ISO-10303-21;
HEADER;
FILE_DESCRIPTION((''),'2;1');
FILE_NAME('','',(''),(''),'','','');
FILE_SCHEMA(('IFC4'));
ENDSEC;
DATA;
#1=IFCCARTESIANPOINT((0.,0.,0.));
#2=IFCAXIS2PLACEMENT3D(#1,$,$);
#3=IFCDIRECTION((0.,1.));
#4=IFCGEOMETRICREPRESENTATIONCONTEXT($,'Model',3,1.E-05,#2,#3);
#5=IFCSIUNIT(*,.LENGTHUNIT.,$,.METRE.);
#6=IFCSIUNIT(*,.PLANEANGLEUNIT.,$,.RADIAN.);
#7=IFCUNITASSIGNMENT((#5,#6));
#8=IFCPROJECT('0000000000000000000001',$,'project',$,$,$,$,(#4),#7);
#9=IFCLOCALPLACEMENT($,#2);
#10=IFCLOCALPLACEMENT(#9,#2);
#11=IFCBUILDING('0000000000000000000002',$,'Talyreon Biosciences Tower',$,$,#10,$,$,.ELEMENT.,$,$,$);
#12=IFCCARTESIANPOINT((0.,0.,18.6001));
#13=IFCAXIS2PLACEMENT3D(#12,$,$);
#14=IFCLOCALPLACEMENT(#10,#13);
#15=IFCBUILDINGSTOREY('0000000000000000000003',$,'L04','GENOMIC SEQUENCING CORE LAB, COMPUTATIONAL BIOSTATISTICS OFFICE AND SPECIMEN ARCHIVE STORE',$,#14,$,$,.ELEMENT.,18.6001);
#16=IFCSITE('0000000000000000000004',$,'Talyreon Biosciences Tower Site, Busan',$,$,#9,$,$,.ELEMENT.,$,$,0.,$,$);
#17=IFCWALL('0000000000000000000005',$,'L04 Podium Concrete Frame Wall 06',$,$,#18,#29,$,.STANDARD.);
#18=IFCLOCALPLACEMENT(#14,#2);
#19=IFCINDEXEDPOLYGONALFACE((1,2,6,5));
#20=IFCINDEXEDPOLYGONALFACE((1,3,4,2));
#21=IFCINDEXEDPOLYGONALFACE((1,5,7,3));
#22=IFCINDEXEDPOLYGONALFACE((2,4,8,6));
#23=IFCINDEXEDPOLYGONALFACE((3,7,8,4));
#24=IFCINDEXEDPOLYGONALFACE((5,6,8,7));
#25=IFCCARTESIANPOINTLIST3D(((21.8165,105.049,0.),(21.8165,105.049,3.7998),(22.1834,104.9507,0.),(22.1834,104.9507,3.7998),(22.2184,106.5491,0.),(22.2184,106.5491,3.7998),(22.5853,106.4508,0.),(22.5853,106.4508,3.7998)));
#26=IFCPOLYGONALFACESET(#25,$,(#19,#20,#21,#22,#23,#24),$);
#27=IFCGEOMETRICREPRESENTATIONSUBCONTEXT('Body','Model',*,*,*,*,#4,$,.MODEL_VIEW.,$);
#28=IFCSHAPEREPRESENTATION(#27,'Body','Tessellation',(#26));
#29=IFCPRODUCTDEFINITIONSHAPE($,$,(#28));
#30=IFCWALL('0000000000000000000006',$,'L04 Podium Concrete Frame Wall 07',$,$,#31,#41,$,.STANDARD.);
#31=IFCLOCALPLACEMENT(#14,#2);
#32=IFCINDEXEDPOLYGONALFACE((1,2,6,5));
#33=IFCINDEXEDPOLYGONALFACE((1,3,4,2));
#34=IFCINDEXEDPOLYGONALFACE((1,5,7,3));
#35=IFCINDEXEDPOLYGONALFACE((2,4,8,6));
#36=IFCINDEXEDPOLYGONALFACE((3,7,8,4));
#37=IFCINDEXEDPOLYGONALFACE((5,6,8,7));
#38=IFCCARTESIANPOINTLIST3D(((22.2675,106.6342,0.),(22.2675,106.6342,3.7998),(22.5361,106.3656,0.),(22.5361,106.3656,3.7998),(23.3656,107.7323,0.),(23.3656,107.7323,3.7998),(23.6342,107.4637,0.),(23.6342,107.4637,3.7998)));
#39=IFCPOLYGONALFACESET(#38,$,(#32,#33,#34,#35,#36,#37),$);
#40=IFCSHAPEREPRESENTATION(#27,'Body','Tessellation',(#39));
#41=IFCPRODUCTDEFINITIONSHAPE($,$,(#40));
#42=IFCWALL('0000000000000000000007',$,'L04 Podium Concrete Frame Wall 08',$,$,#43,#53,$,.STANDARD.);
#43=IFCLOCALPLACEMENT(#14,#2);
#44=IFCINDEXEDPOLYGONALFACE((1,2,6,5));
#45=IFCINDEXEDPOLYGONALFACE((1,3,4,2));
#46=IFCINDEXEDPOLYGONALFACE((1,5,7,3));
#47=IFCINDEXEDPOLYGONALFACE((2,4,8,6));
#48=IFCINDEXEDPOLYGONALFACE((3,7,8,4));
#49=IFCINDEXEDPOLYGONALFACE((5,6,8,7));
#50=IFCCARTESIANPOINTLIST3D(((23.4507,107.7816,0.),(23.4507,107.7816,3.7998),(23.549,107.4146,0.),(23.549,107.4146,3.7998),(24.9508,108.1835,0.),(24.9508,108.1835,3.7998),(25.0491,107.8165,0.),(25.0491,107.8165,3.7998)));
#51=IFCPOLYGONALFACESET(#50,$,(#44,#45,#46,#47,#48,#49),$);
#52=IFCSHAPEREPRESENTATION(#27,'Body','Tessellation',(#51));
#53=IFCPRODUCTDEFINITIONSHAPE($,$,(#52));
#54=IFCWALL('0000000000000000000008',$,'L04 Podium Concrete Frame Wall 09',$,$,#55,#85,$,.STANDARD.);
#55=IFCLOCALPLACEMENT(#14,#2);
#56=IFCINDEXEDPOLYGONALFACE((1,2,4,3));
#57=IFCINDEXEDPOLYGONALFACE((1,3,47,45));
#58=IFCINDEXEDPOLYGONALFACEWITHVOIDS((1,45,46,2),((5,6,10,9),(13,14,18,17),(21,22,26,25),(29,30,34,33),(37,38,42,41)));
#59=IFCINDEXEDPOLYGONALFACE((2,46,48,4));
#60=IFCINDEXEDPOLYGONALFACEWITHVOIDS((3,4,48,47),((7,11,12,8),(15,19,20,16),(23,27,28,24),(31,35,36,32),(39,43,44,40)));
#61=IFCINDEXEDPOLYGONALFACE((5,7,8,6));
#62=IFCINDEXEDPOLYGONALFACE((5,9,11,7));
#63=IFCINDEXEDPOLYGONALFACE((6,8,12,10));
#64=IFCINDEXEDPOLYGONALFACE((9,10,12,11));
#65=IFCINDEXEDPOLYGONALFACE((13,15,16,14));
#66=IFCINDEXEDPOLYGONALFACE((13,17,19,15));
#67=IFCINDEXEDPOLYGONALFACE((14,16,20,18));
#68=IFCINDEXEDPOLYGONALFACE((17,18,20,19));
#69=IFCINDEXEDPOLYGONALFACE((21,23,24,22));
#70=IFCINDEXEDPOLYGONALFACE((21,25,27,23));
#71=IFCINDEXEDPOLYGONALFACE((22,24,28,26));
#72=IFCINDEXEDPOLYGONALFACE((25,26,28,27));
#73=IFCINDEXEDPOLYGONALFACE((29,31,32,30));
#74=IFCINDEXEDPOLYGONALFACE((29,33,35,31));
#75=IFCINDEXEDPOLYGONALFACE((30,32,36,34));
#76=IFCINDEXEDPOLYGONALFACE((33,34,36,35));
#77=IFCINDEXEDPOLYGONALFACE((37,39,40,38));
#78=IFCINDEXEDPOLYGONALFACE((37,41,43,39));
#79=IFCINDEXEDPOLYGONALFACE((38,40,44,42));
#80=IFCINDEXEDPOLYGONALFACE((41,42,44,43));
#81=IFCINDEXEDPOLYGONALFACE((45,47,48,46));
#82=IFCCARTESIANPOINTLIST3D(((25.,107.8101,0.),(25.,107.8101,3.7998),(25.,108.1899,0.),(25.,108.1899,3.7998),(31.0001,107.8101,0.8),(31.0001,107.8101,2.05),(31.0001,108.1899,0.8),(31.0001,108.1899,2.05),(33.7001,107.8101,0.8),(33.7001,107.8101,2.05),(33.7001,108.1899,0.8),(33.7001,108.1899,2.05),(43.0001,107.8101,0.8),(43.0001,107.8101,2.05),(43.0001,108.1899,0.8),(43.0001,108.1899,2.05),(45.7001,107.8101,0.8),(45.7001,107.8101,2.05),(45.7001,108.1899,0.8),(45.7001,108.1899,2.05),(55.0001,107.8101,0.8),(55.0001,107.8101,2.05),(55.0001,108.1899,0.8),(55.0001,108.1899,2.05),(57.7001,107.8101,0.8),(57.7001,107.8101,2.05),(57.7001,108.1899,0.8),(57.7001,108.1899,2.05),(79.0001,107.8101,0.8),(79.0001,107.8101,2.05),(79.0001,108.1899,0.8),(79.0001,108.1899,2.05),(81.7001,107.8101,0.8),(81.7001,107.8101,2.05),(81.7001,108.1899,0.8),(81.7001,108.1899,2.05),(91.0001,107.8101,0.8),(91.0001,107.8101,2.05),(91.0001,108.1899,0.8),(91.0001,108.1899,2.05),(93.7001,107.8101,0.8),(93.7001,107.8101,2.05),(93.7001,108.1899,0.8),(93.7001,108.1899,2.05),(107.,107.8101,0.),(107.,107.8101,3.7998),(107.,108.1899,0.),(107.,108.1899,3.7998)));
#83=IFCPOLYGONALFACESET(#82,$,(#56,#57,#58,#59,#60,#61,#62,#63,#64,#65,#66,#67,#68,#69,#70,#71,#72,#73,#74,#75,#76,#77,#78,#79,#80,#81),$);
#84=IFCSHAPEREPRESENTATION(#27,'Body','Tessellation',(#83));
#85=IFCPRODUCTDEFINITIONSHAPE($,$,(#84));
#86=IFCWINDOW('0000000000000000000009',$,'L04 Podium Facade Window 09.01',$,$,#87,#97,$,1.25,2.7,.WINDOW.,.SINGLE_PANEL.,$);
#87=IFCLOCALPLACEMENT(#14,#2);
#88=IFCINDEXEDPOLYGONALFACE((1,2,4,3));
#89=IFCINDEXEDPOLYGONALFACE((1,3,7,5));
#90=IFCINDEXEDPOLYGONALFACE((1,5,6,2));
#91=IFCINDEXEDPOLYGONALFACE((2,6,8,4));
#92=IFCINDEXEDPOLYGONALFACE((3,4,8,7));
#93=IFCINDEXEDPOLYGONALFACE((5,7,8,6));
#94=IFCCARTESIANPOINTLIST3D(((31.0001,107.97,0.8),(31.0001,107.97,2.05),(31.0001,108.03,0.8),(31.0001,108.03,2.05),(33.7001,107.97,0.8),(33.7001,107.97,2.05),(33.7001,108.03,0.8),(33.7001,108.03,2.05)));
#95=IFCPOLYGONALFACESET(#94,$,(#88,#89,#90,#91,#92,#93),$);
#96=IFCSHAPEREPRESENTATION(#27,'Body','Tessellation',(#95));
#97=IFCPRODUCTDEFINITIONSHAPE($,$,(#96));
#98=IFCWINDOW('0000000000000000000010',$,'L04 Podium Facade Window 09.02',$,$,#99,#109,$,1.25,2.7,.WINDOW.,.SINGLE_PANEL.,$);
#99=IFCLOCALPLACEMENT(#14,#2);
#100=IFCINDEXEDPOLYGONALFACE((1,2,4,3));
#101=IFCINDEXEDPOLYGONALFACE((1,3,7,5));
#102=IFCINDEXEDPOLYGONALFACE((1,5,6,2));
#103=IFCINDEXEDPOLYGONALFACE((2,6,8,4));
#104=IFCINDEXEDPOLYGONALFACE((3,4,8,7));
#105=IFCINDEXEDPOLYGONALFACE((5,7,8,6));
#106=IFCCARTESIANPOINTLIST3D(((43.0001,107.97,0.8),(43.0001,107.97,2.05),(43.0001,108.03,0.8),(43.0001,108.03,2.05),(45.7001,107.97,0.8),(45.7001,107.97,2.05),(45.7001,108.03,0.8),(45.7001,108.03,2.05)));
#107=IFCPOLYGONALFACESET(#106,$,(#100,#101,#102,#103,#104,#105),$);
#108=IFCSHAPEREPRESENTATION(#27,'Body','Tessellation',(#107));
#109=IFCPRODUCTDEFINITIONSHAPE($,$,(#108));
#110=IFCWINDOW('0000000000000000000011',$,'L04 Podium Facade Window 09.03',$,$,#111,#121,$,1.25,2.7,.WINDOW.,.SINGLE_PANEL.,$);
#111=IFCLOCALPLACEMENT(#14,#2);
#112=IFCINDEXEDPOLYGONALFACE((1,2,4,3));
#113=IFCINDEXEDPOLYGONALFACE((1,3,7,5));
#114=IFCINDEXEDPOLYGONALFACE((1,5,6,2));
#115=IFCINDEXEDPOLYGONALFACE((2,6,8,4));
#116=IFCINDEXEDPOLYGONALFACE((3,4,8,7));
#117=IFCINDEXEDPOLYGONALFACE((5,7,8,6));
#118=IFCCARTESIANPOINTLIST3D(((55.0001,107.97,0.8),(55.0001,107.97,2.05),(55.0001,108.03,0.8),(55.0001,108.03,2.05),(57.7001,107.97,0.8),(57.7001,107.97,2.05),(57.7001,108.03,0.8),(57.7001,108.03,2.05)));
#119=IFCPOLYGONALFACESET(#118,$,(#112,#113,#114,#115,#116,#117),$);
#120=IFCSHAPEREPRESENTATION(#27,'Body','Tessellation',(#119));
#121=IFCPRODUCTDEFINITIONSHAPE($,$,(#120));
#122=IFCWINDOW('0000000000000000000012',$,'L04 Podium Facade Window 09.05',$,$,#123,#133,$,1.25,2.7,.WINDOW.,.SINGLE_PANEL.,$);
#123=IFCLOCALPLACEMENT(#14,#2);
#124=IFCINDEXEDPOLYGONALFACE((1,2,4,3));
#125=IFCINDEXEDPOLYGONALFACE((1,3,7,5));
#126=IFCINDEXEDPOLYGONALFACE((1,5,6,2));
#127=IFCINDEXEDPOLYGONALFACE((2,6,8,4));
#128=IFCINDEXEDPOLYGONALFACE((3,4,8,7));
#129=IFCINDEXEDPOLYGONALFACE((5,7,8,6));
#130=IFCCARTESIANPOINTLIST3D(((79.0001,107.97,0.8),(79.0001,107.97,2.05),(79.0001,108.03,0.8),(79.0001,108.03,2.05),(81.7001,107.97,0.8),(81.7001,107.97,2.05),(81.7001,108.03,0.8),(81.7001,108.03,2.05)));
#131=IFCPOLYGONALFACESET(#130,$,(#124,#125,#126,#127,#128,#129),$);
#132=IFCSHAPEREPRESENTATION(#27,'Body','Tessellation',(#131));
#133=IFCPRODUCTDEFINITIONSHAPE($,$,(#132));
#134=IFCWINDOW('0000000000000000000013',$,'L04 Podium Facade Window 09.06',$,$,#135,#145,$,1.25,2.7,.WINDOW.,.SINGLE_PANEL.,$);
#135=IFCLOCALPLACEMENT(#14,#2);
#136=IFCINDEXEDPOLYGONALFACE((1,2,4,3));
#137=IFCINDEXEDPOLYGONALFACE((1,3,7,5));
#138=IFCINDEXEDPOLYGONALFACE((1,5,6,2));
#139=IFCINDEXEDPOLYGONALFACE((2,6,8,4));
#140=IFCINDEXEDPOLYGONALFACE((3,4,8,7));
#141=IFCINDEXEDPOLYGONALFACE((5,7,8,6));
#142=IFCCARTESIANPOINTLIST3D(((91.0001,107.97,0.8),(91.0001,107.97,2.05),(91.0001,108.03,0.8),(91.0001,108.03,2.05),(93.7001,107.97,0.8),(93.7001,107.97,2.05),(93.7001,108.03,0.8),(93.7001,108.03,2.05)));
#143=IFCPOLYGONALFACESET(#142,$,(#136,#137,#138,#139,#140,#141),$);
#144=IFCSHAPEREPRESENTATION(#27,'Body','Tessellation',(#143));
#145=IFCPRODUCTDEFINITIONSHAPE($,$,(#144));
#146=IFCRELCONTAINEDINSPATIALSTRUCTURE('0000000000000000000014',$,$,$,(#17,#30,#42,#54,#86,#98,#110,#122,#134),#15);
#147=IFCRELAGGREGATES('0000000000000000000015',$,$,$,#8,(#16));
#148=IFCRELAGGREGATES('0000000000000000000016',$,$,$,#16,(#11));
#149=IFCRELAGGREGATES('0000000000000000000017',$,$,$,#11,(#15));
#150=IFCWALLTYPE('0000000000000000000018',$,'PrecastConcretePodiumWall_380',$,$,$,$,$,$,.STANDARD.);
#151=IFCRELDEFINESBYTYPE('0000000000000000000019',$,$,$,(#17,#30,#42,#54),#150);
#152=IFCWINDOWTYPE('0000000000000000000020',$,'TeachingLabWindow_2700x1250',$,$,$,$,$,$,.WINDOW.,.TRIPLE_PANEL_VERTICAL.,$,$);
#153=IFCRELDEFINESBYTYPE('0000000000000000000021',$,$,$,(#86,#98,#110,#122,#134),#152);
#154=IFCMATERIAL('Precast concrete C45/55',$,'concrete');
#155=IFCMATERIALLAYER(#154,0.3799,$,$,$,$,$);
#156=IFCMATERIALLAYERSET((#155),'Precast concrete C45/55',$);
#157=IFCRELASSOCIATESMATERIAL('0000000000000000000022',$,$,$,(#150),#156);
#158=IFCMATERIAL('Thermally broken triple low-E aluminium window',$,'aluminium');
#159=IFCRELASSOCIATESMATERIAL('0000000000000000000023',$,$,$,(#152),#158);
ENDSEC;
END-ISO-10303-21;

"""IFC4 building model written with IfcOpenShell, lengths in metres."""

from ifc_helpers import new_model, si_unit, direction, frame, frame_2d, origin, place, context, subcontext, project, spatial, rectangle, extrude, material, layer, layer_set, type_object, element, fill, save


model = new_model("IFC4")

# Units and contexts
model_context = context("Model", 3, precision=1e-05, world=origin(), true_north=direction((0.0, 1.0)))
body_context = subcontext(model_context, "Body", "Model", "MODEL_VIEW")
ifc_project = project(units=[si_unit("LENGTHUNIT", "METRE"), si_unit("PLANEANGLEUNIT", "RADIAN")], contexts=[model_context])

# Site, building, storey
site_placement = place(None, origin())
site = spatial("IfcSite", under=ifc_project, at=site_placement, Name="Talyreon Biosciences Tower Site, Busan", CompositionType="ELEMENT", RefElevation=0.0)
building_placement = place(site_placement, origin())
building = spatial("IfcBuilding", under=site, at=building_placement, Name="Talyreon Biosciences Tower", CompositionType="ELEMENT")
storey_placement = place(building_placement, frame((0.0, 0.0, 18.6001)))
storey = spatial("IfcBuildingStorey", under=building, at=storey_placement, Name="L04", Description="GENOMIC SEQUENCING CORE LAB, COMPUTATIONAL BIOSTATISTICS OFFICE AND SPECIMEN ARCHIVE STORE", CompositionType="ELEMENT", Elevation=18.6001)

# Walls
ifc_material_1 = material(Name="Precast concrete C45/55", Category="concrete")
ifc_layer_1 = layer(ifc_material_1, 0.3799)
ifc_layer_set_1 = layer_set([ifc_layer_1], Name="Precast concrete C45/55")
wall_type_1 = type_object("IfcWallType", Name="PrecastConcretePodiumWall_380", PredefinedType="STANDARD", material=ifc_layer_set_1)
for number, where, z_axis, x_axis, name in (
    (1, (22.0, 105.0, 0.0), (0.0, 0.0, 1.0), (0.258778, 0.965937, 0.0), "L04 Podium Concrete Frame Wall 06"),
    (2, (22.4019, 106.5, 0.0), (0.0, 0.0, 1.0), (0.707107, 0.707107, 0.0), "L04 Podium Concrete Frame Wall 07"),
    (3, (23.5, 107.5981, 0.0), (0.0, 0.0, 1.0), (0.965937, 0.258778, 0.0), "L04 Podium Concrete Frame Wall 08"),
):
    element("IfcWall", number, at=place(storey_placement, frame(where, z_axis=z_axis, x_axis=x_axis)), inside=storey, type_object=wall_type_1, Name=name, PredefinedType="STANDARD", context=body_context, shape_type="SweptSolid", body=[
        extrude(rectangle(XDim=1.553, YDim=0.3799, at=frame_2d((0.7764, 0.0))), origin(), (0.0, 0.0, 1.0), 3.7998),
    ])

# Wall, openings, windows
wall_1_placement = place(storey_placement, frame((25.0, 108.0, 0.0), z_axis=(0.0, 0.0, 1.0), x_axis=(1.0, 0.0, 0.0)))
wall_1 = element("IfcWall", 4, at=wall_1_placement, inside=storey, type_object=wall_type_1, Name="L04 Podium Concrete Frame Wall 09", PredefinedType="STANDARD", context=body_context, shape_type="SweptSolid", body=[
    extrude(rectangle(XDim=82.0, YDim=0.3799, at=frame_2d((41.0, 0.0))), origin(), (0.0, 0.0, 1.0), 3.7998),
])
opening_1_placement = place(wall_1_placement, frame((6.0, 0.0, 0.8)))
opening_1 = element("IfcOpeningElement", 5, at=opening_1_placement, cuts=wall_1, PredefinedType="OPENING", context=body_context, shape_type="SweptSolid", body=[
    extrude(rectangle(XDim=2.7, YDim=1.25, at=frame_2d((1.3501, 0.625))), frame((0.0, 0.2, 0.0), z_axis=(0.0, -1.0, 0.0), x_axis=(1.0, 0.0, 0.0)), (0.0, 0.0, 1.0), 0.3999),
])
opening_2_placement = place(wall_1_placement, frame((18.0, 0.0, 0.8)))
opening_2 = element("IfcOpeningElement", 6, at=opening_2_placement, cuts=wall_1, PredefinedType="OPENING", context=body_context, shape_type="SweptSolid", body=[
    extrude(rectangle(XDim=2.7, YDim=1.25, at=frame_2d((1.3501, 0.625))), frame((0.0, 0.2, 0.0), z_axis=(0.0, -1.0, 0.0), x_axis=(1.0, 0.0, 0.0)), (0.0, 0.0, 1.0), 0.3999),
])
opening_3_placement = place(wall_1_placement, frame((30.0, 0.0, 0.8)))
opening_3 = element("IfcOpeningElement", 7, at=opening_3_placement, cuts=wall_1, PredefinedType="OPENING", context=body_context, shape_type="SweptSolid", body=[
    extrude(rectangle(XDim=2.7, YDim=1.25, at=frame_2d((1.3501, 0.625))), frame((0.0, 0.2, 0.0), z_axis=(0.0, -1.0, 0.0), x_axis=(1.0, 0.0, 0.0)), (0.0, 0.0, 1.0), 0.3999),
])
opening_4_placement = place(wall_1_placement, frame((54.0, 0.0, 0.8)))
opening_4 = element("IfcOpeningElement", 8, at=opening_4_placement, cuts=wall_1, PredefinedType="OPENING", context=body_context, shape_type="SweptSolid", body=[
    extrude(rectangle(XDim=2.7, YDim=1.25, at=frame_2d((1.3501, 0.625))), frame((0.0, 0.2, 0.0), z_axis=(0.0, -1.0, 0.0), x_axis=(1.0, 0.0, 0.0)), (0.0, 0.0, 1.0), 0.3999),
])
opening_5_placement = place(wall_1_placement, frame((66.0, 0.0, 0.8)))
opening_5 = element("IfcOpeningElement", 9, at=opening_5_placement, cuts=wall_1, PredefinedType="OPENING", context=body_context, shape_type="SweptSolid", body=[
    extrude(rectangle(XDim=2.7, YDim=1.25, at=frame_2d((1.3501, 0.625))), frame((0.0, 0.2, 0.0), z_axis=(0.0, -1.0, 0.0), x_axis=(1.0, 0.0, 0.0)), (0.0, 0.0, 1.0), 0.3999),
])
ifc_material_2 = material(Name="Thermally broken triple low-E aluminium window", Category="aluminium")
window_type = type_object("IfcWindowType", Name="TeachingLabWindow_2700x1250", PartitioningType="TRIPLE_PANEL_VERTICAL", PredefinedType="WINDOW", material=ifc_material_2)
window_1_placement = place(opening_1_placement, origin())
window_1 = element("IfcWindow", 10, at=window_1_placement, inside=storey, type_object=window_type, Name="L04 Podium Facade Window 09.01", OverallHeight=1.25, OverallWidth=2.7, PartitioningType="SINGLE_PANEL", PredefinedType="WINDOW", context=body_context, shape_type="SweptSolid", body=[
    extrude(rectangle(XDim=2.7, YDim=1.25, at=frame_2d((1.3501, 0.625))), frame((0.0, 0.03, 0.0), z_axis=(0.0, -1.0, 0.0), x_axis=(1.0, 0.0, 0.0)), (0.0, 0.0, 1.0), 0.0601),
])
fill(opening_1, window_1)
window_2_placement = place(opening_2_placement, origin())
window_2 = element("IfcWindow", 11, at=window_2_placement, inside=storey, type_object=window_type, Name="L04 Podium Facade Window 09.02", OverallHeight=1.25, OverallWidth=2.7, PartitioningType="SINGLE_PANEL", PredefinedType="WINDOW", context=body_context, shape_type="SweptSolid", body=[
    extrude(rectangle(XDim=2.7, YDim=1.25, at=frame_2d((1.3501, 0.625))), frame((0.0, 0.03, 0.0), z_axis=(0.0, -1.0, 0.0), x_axis=(1.0, 0.0, 0.0)), (0.0, 0.0, 1.0), 0.0601),
])
fill(opening_2, window_2)
window_3_placement = place(opening_3_placement, origin())
window_3 = element("IfcWindow", 12, at=window_3_placement, inside=storey, type_object=window_type, Name="L04 Podium Facade Window 09.03", OverallHeight=1.25, OverallWidth=2.7, PartitioningType="SINGLE_PANEL", PredefinedType="WINDOW", context=body_context, shape_type="SweptSolid", body=[
    extrude(rectangle(XDim=2.7, YDim=1.25, at=frame_2d((1.3501, 0.625))), frame((0.0, 0.03, 0.0), z_axis=(0.0, -1.0, 0.0), x_axis=(1.0, 0.0, 0.0)), (0.0, 0.0, 1.0), 0.0601),
])
fill(opening_3, window_3)
window_4_placement = place(opening_4_placement, origin())
window_4 = element("IfcWindow", 13, at=window_4_placement, inside=storey, type_object=window_type, Name="L04 Podium Facade Window 09.05", OverallHeight=1.25, OverallWidth=2.7, PartitioningType="SINGLE_PANEL", PredefinedType="WINDOW", context=body_context, shape_type="SweptSolid", body=[
    extrude(rectangle(XDim=2.7, YDim=1.25, at=frame_2d((1.3501, 0.625))), frame((0.0, 0.03, 0.0), z_axis=(0.0, -1.0, 0.0), x_axis=(1.0, 0.0, 0.0)), (0.0, 0.0, 1.0), 0.0601),
])
fill(opening_4, window_4)
window_5_placement = place(opening_5_placement, origin())
window_5 = element("IfcWindow", 14, at=window_5_placement, inside=storey, type_object=window_type, Name="L04 Podium Facade Window 09.06", OverallHeight=1.25, OverallWidth=2.7, PartitioningType="SINGLE_PANEL", PredefinedType="WINDOW", context=body_context, shape_type="SweptSolid", body=[
    extrude(rectangle(XDim=2.7, YDim=1.25, at=frame_2d((1.3501, 0.625))), frame((0.0, 0.03, 0.0), z_axis=(0.0, -1.0, 0.0), x_axis=(1.0, 0.0, 0.0)), (0.0, 0.0, 1.0), 0.0601),
])
fill(opening_5, window_5)

save(model, "model.ifc")
